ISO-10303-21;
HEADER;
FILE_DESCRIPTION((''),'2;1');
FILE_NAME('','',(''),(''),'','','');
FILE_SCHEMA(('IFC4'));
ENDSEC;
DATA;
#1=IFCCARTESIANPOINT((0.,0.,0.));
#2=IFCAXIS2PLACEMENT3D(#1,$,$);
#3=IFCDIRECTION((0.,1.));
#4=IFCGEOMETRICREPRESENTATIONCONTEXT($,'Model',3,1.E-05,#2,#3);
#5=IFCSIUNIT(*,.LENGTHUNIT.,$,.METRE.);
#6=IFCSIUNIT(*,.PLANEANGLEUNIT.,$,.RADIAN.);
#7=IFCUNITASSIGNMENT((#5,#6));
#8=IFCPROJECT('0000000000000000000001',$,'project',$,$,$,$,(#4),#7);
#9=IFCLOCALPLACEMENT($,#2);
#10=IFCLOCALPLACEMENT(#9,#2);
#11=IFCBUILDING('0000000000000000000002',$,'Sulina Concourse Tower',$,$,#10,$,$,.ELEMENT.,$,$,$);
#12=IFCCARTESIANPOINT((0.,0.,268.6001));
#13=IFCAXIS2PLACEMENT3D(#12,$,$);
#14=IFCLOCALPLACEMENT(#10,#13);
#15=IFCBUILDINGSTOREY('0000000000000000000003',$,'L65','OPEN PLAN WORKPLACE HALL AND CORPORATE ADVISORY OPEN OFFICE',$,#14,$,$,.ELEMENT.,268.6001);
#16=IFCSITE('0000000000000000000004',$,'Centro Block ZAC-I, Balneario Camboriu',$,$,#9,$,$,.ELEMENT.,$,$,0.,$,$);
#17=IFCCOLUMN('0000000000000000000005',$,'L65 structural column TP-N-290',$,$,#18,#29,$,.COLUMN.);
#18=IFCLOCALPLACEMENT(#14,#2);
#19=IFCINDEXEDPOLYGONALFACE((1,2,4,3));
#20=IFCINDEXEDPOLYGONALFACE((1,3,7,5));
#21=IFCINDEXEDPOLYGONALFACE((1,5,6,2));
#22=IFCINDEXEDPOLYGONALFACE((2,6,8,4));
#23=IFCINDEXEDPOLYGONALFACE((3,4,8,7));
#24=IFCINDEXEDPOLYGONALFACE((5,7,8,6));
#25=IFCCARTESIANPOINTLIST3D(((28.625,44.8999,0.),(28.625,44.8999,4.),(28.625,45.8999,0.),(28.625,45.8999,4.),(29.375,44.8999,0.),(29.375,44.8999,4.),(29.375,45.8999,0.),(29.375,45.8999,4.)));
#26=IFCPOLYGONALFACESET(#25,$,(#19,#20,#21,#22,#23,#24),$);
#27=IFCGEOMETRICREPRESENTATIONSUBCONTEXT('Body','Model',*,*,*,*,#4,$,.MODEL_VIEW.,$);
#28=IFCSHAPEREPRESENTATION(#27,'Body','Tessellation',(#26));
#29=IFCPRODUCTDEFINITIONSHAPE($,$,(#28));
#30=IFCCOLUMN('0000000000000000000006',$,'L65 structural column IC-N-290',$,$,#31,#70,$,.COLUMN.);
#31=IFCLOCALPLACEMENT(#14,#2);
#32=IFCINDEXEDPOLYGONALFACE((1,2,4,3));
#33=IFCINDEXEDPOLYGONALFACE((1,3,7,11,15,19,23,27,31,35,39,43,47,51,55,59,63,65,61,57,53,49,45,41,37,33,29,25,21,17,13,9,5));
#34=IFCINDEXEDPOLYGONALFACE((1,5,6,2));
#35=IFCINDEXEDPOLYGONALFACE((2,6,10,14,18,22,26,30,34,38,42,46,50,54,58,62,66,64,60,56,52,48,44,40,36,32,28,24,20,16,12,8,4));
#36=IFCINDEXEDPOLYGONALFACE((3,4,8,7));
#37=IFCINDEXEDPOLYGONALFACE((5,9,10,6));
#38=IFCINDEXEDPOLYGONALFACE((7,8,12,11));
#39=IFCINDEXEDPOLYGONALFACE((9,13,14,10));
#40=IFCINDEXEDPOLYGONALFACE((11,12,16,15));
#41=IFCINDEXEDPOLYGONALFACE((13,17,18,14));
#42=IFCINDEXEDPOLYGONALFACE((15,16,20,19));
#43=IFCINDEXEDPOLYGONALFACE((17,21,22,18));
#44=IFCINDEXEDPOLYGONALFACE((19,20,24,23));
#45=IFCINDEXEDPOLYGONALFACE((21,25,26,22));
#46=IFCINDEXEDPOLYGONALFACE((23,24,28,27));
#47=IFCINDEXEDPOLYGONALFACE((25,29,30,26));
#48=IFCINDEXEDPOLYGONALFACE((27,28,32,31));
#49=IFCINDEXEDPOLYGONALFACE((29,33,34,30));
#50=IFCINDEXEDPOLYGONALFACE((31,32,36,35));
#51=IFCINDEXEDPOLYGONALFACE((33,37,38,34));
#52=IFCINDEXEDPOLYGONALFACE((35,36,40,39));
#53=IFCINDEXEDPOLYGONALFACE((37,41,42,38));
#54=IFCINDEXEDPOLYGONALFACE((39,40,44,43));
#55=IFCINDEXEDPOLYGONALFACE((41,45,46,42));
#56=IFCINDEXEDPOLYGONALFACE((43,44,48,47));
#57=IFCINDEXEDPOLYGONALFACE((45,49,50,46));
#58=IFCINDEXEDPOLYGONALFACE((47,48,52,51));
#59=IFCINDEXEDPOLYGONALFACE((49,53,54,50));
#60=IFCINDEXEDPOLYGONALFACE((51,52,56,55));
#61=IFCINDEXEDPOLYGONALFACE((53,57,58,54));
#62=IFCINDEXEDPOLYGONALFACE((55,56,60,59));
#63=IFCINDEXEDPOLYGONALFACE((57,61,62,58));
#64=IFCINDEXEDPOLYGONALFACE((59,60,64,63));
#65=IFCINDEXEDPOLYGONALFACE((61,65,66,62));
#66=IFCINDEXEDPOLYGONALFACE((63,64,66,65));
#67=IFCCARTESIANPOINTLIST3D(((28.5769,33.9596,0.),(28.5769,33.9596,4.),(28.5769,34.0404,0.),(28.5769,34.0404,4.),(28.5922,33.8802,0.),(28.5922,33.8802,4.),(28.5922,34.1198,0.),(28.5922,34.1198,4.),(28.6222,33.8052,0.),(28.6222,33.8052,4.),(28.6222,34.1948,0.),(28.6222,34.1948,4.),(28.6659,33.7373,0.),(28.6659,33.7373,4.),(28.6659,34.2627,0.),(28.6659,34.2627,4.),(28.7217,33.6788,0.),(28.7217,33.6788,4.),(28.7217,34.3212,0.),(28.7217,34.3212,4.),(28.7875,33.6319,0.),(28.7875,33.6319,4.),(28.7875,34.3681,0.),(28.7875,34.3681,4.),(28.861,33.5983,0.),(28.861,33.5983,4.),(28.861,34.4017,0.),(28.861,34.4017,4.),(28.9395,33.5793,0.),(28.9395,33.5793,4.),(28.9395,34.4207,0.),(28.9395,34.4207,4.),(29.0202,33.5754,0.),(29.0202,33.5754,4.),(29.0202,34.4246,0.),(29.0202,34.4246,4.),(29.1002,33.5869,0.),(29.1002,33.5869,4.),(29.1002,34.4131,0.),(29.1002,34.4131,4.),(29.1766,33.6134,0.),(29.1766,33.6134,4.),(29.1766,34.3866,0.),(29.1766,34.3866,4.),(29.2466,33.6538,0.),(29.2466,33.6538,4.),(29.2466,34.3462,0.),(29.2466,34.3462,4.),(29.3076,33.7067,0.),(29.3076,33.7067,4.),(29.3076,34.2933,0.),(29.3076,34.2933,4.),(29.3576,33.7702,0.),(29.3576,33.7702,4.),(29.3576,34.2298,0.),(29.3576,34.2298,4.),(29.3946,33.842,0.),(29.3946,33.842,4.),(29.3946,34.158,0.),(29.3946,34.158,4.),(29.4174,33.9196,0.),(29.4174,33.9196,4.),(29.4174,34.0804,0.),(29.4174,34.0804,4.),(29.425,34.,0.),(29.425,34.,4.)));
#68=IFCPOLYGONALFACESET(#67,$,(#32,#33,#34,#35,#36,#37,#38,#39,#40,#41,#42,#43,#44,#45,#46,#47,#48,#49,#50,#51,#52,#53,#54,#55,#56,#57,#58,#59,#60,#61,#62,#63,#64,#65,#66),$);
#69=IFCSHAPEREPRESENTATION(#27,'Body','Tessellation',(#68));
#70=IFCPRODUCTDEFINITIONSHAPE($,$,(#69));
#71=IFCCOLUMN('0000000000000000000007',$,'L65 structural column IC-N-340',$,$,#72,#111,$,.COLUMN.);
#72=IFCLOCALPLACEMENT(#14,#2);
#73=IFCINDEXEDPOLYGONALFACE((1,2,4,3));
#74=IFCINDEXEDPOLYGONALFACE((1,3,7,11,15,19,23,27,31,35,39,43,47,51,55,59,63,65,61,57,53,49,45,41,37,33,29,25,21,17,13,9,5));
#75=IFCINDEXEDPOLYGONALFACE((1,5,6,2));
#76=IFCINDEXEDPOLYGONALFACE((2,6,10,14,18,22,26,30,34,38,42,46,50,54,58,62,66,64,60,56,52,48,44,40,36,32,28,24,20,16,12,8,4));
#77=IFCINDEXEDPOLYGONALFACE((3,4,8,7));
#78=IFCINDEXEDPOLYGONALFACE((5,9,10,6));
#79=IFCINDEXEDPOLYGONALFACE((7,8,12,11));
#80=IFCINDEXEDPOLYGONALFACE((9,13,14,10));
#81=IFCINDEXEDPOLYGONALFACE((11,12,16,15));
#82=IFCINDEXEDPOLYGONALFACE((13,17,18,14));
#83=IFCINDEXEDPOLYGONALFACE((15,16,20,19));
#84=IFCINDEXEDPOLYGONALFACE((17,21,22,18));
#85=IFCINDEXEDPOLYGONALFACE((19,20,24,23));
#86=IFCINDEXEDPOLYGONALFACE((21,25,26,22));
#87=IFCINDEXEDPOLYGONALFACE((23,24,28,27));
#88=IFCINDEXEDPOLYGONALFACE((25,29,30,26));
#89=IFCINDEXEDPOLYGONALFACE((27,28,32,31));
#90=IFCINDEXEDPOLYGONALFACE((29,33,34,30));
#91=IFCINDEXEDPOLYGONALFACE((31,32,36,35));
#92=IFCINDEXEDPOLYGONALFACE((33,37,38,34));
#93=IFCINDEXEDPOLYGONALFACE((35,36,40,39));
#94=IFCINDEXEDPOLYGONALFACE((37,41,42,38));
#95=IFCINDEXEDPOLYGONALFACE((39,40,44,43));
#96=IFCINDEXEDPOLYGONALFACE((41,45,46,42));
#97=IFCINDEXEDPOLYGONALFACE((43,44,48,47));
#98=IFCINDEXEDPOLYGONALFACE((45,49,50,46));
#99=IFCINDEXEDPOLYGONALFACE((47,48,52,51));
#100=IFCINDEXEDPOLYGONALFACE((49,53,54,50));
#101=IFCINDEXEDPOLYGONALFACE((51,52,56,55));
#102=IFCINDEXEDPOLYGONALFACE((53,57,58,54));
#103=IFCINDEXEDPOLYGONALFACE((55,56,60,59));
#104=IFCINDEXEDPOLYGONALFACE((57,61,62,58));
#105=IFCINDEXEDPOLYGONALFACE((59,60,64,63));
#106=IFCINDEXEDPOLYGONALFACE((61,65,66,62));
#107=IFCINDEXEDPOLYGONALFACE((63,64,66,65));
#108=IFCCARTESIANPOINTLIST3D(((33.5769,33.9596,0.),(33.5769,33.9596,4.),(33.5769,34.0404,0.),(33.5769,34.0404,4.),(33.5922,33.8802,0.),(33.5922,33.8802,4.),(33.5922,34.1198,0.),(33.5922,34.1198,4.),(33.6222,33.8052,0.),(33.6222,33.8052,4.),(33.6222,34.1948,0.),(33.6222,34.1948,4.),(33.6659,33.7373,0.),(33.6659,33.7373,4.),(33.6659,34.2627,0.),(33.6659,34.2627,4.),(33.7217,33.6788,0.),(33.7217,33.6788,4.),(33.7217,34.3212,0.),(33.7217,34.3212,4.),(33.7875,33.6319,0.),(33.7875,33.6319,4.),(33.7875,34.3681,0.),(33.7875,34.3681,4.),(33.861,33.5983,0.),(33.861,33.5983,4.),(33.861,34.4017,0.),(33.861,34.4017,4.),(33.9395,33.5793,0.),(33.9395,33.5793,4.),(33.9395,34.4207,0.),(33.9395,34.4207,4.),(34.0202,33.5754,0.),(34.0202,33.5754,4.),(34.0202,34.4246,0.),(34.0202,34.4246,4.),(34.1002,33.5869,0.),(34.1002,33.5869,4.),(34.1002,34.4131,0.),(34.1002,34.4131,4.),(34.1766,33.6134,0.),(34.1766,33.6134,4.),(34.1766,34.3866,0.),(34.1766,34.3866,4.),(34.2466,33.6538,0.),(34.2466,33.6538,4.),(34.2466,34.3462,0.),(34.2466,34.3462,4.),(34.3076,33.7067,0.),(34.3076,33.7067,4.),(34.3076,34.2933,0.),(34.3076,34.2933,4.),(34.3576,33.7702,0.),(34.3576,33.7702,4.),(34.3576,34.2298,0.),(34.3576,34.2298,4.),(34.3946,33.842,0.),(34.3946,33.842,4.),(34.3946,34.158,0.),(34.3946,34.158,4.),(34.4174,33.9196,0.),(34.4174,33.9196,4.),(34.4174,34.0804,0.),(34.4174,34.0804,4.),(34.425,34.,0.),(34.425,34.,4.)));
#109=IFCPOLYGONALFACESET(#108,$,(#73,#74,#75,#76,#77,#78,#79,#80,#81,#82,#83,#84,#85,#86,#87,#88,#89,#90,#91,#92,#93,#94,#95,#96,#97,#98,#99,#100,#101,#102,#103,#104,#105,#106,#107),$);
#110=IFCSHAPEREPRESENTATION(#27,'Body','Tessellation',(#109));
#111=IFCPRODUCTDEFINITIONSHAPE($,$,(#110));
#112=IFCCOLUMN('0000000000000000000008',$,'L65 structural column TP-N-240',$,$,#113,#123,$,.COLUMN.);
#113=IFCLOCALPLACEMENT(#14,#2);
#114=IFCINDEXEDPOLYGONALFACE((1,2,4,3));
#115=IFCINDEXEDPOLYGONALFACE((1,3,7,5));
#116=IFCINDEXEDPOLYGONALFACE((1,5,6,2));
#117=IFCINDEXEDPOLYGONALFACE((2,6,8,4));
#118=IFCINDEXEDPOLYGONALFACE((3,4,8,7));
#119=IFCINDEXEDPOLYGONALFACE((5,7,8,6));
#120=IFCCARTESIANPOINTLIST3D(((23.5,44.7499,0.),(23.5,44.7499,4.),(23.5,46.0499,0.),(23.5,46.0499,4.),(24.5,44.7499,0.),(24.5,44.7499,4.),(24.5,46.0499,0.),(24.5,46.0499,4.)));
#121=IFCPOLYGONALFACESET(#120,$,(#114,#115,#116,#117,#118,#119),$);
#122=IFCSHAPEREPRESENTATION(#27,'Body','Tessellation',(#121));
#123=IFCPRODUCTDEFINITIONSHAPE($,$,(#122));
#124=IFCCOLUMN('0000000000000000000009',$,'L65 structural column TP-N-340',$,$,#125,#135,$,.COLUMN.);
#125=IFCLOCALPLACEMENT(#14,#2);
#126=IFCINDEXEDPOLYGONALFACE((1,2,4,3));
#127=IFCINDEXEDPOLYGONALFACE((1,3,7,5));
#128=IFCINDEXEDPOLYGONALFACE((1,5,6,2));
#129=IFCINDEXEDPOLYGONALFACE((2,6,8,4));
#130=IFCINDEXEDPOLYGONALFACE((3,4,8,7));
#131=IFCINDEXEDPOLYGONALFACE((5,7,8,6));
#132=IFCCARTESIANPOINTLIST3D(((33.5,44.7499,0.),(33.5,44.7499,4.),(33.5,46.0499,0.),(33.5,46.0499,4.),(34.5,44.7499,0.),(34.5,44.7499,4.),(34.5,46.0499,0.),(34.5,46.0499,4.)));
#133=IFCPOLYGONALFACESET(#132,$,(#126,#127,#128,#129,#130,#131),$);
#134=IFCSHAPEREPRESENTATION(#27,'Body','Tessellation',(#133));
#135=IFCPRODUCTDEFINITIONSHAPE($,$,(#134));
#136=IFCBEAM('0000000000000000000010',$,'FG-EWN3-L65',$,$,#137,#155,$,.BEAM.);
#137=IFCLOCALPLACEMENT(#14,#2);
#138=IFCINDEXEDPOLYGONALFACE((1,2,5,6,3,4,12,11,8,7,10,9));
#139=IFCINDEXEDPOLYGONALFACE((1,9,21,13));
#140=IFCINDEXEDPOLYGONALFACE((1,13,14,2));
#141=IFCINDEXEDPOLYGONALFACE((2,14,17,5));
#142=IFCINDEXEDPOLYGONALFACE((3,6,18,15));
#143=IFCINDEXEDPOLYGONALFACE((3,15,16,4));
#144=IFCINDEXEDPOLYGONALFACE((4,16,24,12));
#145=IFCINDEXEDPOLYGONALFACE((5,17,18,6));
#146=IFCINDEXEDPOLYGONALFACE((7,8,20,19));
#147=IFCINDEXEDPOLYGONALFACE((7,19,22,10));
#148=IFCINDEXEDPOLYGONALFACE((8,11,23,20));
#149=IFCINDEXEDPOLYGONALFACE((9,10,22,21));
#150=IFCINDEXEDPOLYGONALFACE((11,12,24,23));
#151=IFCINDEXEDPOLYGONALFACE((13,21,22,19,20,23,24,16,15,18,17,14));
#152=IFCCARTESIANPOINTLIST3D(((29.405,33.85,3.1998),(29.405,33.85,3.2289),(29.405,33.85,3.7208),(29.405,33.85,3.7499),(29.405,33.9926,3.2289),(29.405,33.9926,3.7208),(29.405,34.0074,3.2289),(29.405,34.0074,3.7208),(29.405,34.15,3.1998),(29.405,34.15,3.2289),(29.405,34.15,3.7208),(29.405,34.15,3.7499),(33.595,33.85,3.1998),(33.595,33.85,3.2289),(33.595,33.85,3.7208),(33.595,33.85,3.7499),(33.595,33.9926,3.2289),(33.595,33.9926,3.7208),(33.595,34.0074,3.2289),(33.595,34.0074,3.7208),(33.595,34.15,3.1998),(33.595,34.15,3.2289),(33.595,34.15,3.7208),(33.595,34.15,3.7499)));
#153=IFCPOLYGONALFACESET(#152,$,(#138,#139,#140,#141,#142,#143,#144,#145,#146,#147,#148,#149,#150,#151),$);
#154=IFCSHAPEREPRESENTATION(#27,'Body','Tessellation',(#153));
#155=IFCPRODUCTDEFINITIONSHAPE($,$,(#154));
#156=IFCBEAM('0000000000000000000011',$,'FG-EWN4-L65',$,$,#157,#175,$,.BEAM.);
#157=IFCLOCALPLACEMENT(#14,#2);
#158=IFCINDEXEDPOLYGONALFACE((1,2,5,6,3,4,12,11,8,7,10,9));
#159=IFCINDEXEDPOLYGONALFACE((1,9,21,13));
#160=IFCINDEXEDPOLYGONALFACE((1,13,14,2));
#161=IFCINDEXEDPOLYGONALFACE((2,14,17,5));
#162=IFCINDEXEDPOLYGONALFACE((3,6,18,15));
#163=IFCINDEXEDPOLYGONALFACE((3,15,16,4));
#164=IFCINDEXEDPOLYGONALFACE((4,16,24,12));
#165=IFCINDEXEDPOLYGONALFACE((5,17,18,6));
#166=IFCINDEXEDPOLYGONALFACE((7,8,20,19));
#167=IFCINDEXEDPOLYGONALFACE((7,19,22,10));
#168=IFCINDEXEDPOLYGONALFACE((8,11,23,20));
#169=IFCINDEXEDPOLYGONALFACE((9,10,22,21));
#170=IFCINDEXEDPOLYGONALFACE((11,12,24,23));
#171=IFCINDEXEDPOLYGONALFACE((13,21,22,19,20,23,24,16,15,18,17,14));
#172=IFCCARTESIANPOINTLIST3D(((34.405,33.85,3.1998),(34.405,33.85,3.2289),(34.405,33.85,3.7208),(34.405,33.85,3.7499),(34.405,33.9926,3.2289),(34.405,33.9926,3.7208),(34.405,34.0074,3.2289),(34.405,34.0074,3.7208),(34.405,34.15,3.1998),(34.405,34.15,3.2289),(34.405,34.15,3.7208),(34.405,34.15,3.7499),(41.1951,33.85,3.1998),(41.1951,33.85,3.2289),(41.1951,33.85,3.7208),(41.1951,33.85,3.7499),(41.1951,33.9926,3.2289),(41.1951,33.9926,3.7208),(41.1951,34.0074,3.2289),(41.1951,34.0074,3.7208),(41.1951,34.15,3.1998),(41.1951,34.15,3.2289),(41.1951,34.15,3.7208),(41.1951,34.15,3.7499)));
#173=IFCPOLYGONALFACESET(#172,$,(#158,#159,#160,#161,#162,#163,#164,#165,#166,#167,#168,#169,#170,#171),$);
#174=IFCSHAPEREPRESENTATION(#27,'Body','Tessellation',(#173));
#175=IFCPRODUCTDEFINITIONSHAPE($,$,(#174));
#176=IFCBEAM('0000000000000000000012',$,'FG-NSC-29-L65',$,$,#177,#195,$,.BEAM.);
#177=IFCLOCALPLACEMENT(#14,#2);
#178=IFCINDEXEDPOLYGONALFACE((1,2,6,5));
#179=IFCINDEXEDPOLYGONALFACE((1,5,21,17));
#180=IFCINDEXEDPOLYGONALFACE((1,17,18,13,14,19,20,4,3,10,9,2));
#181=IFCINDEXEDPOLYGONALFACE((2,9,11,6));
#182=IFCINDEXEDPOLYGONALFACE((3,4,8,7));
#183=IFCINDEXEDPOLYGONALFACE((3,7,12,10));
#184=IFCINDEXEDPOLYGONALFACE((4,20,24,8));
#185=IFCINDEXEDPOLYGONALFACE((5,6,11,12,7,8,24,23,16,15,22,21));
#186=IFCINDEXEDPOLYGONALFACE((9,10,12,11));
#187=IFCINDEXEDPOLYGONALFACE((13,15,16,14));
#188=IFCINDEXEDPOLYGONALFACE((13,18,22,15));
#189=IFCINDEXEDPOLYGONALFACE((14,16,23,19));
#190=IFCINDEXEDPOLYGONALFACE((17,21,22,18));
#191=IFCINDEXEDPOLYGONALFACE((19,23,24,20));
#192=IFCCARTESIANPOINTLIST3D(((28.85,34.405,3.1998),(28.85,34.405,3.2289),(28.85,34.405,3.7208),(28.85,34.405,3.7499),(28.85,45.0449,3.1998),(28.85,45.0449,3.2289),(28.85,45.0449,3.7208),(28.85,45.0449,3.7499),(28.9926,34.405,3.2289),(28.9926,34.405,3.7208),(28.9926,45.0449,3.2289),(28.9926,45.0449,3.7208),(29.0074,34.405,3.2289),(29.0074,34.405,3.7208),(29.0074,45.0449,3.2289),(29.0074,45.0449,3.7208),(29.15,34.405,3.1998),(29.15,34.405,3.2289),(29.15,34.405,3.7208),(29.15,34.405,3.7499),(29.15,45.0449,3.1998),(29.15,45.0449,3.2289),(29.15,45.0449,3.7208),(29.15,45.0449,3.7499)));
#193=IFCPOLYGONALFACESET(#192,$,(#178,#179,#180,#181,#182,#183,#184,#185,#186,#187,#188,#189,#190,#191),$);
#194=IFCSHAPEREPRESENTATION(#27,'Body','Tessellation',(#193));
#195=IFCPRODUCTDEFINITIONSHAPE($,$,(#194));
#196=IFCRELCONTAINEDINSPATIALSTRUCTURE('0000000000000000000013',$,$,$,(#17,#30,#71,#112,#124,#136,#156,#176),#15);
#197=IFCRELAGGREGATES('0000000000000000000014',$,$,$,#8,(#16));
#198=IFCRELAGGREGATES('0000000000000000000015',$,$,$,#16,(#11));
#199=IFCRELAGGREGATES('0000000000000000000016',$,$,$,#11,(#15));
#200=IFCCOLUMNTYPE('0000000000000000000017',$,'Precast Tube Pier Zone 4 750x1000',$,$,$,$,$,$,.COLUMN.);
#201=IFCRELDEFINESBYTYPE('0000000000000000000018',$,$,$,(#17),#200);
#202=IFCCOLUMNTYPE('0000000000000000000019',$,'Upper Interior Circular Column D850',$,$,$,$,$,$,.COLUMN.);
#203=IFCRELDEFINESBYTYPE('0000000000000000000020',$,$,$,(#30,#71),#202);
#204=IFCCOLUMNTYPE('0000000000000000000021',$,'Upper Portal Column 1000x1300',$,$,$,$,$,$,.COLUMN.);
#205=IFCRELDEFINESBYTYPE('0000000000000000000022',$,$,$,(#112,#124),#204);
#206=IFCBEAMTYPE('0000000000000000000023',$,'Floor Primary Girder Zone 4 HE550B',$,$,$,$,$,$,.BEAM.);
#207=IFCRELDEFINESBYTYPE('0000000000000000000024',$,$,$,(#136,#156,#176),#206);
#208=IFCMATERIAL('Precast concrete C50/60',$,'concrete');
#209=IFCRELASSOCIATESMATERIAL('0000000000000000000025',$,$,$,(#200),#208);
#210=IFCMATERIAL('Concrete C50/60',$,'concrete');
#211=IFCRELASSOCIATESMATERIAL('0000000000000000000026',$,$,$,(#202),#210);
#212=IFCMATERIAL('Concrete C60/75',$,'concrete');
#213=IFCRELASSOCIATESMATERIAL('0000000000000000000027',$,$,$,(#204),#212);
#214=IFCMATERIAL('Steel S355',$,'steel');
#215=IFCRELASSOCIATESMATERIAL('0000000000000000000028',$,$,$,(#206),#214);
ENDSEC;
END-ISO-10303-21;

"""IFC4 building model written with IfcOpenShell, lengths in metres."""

from ifc_helpers import new_model, si_unit, direction, frame, origin, origin_2d, place, context, subcontext, project, spatial, rectangle, circle, i_section, extrude, material, material_profile, profile_set, type_object, element, save


model = new_model("IFC4")

# Units and contexts
model_context = context("Model", 3, precision=1e-05, world=origin(), true_north=direction((0.0, 1.0)))
body_context = subcontext(model_context, "Body", "Model", "MODEL_VIEW")
ifc_project = project(units=[si_unit("LENGTHUNIT", "METRE"), si_unit("PLANEANGLEUNIT", "RADIAN")], contexts=[model_context])

# Site, building, storey
site_placement = place(None, origin())
site = spatial("IfcSite", under=ifc_project, at=site_placement, Name="Centro Block ZAC-I, Balneario Camboriu", CompositionType="ELEMENT", RefElevation=0.0)
building_placement = place(site_placement, origin())
building = spatial("IfcBuilding", under=site, at=building_placement, Name="Sulina Concourse Tower", CompositionType="ELEMENT")
storey_placement = place(building_placement, frame((0.0, 0.0, 268.6001)))
storey = spatial("IfcBuildingStorey", under=building, at=storey_placement, Name="L65", Description="OPEN PLAN WORKPLACE HALL AND CORPORATE ADVISORY OPEN OFFICE", CompositionType="ELEMENT", Elevation=268.6001)

# Columns
ifc_material_1 = material(Name="Precast concrete C50/60", Category="concrete")
ifc_material_profile_1 = material_profile(ifc_material_1, rectangle(XDim=0.75, YDim=1.0, at=origin_2d()), Name="PC 750x1000")
ifc_profile_set_1 = profile_set([ifc_material_profile_1], Name="Precast concrete C50/60")
column_type_1 = type_object("IfcColumnType", Name="Precast Tube Pier Zone 4 750x1000", PredefinedType="COLUMN", material=ifc_profile_set_1)
column_placement = place(storey_placement, frame((29.0, 45.3999, 0.0), z_axis=(0.0, 0.0, 1.0), x_axis=(1.0, 0.0, 0.0)))
element("IfcColumn", 1, at=column_placement, inside=storey, type_object=column_type_1, Name="L65 structural column TP-N-290", PredefinedType="COLUMN", context=body_context, shape_type="SweptSolid", body=[
    extrude(rectangle(XDim=0.75, YDim=1.0, at=origin_2d()), origin(), (0.0, 0.0, 1.0), 4.0),
])
ifc_material_2 = material(Name="Concrete C50/60", Category="concrete")
ifc_material_profile_2 = material_profile(ifc_material_2, circle(Radius=0.425, at=origin_2d()), Name="RC D850")
ifc_profile_set_2 = profile_set([ifc_material_profile_2], Name="Concrete C50/60")
column_type_2 = type_object("IfcColumnType", Name="Upper Interior Circular Column D850", PredefinedType="COLUMN", material=ifc_profile_set_2)
for number, where, z_axis, x_axis, name in (
    (2, (29.0, 34.0, 0.0), (0.0, 0.0, 1.0), (1.0, 0.0, 0.0), "L65 structural column IC-N-290"),
    (3, (34.0, 34.0, 0.0), (0.0, 0.0, 1.0), (1.0, 0.0, 0.0), "L65 structural column IC-N-340"),
):
    element("IfcColumn", number, at=place(storey_placement, frame(where, z_axis=z_axis, x_axis=x_axis)), inside=storey, type_object=column_type_2, Name=name, PredefinedType="COLUMN", context=body_context, shape_type="SweptSolid", body=[
        extrude(circle(Radius=0.425, at=origin_2d()), origin(), (0.0, 0.0, 1.0), 4.0),
    ])
ifc_material_3 = material(Name="Concrete C60/75", Category="concrete")
ifc_material_profile_3 = material_profile(ifc_material_3, rectangle(XDim=1.0, YDim=1.3, at=origin_2d()), Name="RC 1000x1300")
ifc_profile_set_3 = profile_set([ifc_material_profile_3], Name="Concrete C60/75")
column_type_3 = type_object("IfcColumnType", Name="Upper Portal Column 1000x1300", PredefinedType="COLUMN", material=ifc_profile_set_3)
for number, where, z_axis, x_axis, name in (
    (4, (24.0, 45.3999, 0.0), (0.0, 0.0, 1.0), (1.0, 0.0, 0.0), "L65 structural column TP-N-240"),
    (5, (34.0, 45.3999, 0.0), (0.0, 0.0, 1.0), (1.0, 0.0, 0.0), "L65 structural column TP-N-340"),
):
    element("IfcColumn", number, at=place(storey_placement, frame(where, z_axis=z_axis, x_axis=x_axis)), inside=storey, type_object=column_type_3, Name=name, PredefinedType="COLUMN", context=body_context, shape_type="SweptSolid", body=[
        extrude(rectangle(XDim=1.0, YDim=1.3, at=origin_2d()), origin(), (0.0, 0.0, 1.0), 4.0),
    ])

# Beams
ifc_material_4 = material(Name="Steel S355", Category="steel")
ifc_material_profile_4 = material_profile(ifc_material_4, i_section(OverallWidth=0.3, OverallDepth=0.55, WebThickness=0.0149, FlangeThickness=0.0291, at=origin_2d()), Name="HE 550 B")
ifc_profile_set_4 = profile_set([ifc_material_profile_4], Name="Steel S355")
beam_type_1 = type_object("IfcBeamType", Name="Floor Primary Girder Zone 4 HE550B", PredefinedType="BEAM", material=ifc_profile_set_4)
beam_1_placement = place(storey_placement, frame((29.405, 34.0, 3.4749), z_axis=(1.0, 0.0, 0.0), x_axis=(0.0, 1.0, 0.0)))
element("IfcBeam", 6, at=beam_1_placement, inside=storey, type_object=beam_type_1, Name="FG-EWN3-L65", PredefinedType="BEAM", context=body_context, shape_type="SweptSolid", body=[
    extrude(i_section(OverallWidth=0.3, OverallDepth=0.55, WebThickness=0.0149, FlangeThickness=0.0291, at=origin_2d()), origin(), (0.0, 0.0, 1.0), 4.1899),
])
beam_2_placement = place(storey_placement, frame((34.405, 34.0, 3.4749), z_axis=(1.0, 0.0, 0.0), x_axis=(0.0, 1.0, 0.0)))
element("IfcBeam", 7, at=beam_2_placement, inside=storey, type_object=beam_type_1, Name="FG-EWN4-L65", PredefinedType="BEAM", context=body_context, shape_type="SweptSolid", body=[
    extrude(i_section(OverallWidth=0.3, OverallDepth=0.55, WebThickness=0.0149, FlangeThickness=0.0291, at=origin_2d()), origin(), (0.0, 0.0, 1.0), 6.79),
])
beam_3_placement = place(storey_placement, frame((29.0, 34.405, 3.4749), z_axis=(0.0, 1.0, 0.0), x_axis=(-1.0, 0.0, 0.0)))
element("IfcBeam", 8, at=beam_3_placement, inside=storey, type_object=beam_type_1, Name="FG-NSC-29-L65", PredefinedType="BEAM", context=body_context, shape_type="SweptSolid", body=[
    extrude(i_section(OverallWidth=0.3, OverallDepth=0.55, WebThickness=0.0149, FlangeThickness=0.0291, at=origin_2d()), origin(), (0.0, 0.0, 1.0), 10.6399),
])

save(model, "model.ifc")
